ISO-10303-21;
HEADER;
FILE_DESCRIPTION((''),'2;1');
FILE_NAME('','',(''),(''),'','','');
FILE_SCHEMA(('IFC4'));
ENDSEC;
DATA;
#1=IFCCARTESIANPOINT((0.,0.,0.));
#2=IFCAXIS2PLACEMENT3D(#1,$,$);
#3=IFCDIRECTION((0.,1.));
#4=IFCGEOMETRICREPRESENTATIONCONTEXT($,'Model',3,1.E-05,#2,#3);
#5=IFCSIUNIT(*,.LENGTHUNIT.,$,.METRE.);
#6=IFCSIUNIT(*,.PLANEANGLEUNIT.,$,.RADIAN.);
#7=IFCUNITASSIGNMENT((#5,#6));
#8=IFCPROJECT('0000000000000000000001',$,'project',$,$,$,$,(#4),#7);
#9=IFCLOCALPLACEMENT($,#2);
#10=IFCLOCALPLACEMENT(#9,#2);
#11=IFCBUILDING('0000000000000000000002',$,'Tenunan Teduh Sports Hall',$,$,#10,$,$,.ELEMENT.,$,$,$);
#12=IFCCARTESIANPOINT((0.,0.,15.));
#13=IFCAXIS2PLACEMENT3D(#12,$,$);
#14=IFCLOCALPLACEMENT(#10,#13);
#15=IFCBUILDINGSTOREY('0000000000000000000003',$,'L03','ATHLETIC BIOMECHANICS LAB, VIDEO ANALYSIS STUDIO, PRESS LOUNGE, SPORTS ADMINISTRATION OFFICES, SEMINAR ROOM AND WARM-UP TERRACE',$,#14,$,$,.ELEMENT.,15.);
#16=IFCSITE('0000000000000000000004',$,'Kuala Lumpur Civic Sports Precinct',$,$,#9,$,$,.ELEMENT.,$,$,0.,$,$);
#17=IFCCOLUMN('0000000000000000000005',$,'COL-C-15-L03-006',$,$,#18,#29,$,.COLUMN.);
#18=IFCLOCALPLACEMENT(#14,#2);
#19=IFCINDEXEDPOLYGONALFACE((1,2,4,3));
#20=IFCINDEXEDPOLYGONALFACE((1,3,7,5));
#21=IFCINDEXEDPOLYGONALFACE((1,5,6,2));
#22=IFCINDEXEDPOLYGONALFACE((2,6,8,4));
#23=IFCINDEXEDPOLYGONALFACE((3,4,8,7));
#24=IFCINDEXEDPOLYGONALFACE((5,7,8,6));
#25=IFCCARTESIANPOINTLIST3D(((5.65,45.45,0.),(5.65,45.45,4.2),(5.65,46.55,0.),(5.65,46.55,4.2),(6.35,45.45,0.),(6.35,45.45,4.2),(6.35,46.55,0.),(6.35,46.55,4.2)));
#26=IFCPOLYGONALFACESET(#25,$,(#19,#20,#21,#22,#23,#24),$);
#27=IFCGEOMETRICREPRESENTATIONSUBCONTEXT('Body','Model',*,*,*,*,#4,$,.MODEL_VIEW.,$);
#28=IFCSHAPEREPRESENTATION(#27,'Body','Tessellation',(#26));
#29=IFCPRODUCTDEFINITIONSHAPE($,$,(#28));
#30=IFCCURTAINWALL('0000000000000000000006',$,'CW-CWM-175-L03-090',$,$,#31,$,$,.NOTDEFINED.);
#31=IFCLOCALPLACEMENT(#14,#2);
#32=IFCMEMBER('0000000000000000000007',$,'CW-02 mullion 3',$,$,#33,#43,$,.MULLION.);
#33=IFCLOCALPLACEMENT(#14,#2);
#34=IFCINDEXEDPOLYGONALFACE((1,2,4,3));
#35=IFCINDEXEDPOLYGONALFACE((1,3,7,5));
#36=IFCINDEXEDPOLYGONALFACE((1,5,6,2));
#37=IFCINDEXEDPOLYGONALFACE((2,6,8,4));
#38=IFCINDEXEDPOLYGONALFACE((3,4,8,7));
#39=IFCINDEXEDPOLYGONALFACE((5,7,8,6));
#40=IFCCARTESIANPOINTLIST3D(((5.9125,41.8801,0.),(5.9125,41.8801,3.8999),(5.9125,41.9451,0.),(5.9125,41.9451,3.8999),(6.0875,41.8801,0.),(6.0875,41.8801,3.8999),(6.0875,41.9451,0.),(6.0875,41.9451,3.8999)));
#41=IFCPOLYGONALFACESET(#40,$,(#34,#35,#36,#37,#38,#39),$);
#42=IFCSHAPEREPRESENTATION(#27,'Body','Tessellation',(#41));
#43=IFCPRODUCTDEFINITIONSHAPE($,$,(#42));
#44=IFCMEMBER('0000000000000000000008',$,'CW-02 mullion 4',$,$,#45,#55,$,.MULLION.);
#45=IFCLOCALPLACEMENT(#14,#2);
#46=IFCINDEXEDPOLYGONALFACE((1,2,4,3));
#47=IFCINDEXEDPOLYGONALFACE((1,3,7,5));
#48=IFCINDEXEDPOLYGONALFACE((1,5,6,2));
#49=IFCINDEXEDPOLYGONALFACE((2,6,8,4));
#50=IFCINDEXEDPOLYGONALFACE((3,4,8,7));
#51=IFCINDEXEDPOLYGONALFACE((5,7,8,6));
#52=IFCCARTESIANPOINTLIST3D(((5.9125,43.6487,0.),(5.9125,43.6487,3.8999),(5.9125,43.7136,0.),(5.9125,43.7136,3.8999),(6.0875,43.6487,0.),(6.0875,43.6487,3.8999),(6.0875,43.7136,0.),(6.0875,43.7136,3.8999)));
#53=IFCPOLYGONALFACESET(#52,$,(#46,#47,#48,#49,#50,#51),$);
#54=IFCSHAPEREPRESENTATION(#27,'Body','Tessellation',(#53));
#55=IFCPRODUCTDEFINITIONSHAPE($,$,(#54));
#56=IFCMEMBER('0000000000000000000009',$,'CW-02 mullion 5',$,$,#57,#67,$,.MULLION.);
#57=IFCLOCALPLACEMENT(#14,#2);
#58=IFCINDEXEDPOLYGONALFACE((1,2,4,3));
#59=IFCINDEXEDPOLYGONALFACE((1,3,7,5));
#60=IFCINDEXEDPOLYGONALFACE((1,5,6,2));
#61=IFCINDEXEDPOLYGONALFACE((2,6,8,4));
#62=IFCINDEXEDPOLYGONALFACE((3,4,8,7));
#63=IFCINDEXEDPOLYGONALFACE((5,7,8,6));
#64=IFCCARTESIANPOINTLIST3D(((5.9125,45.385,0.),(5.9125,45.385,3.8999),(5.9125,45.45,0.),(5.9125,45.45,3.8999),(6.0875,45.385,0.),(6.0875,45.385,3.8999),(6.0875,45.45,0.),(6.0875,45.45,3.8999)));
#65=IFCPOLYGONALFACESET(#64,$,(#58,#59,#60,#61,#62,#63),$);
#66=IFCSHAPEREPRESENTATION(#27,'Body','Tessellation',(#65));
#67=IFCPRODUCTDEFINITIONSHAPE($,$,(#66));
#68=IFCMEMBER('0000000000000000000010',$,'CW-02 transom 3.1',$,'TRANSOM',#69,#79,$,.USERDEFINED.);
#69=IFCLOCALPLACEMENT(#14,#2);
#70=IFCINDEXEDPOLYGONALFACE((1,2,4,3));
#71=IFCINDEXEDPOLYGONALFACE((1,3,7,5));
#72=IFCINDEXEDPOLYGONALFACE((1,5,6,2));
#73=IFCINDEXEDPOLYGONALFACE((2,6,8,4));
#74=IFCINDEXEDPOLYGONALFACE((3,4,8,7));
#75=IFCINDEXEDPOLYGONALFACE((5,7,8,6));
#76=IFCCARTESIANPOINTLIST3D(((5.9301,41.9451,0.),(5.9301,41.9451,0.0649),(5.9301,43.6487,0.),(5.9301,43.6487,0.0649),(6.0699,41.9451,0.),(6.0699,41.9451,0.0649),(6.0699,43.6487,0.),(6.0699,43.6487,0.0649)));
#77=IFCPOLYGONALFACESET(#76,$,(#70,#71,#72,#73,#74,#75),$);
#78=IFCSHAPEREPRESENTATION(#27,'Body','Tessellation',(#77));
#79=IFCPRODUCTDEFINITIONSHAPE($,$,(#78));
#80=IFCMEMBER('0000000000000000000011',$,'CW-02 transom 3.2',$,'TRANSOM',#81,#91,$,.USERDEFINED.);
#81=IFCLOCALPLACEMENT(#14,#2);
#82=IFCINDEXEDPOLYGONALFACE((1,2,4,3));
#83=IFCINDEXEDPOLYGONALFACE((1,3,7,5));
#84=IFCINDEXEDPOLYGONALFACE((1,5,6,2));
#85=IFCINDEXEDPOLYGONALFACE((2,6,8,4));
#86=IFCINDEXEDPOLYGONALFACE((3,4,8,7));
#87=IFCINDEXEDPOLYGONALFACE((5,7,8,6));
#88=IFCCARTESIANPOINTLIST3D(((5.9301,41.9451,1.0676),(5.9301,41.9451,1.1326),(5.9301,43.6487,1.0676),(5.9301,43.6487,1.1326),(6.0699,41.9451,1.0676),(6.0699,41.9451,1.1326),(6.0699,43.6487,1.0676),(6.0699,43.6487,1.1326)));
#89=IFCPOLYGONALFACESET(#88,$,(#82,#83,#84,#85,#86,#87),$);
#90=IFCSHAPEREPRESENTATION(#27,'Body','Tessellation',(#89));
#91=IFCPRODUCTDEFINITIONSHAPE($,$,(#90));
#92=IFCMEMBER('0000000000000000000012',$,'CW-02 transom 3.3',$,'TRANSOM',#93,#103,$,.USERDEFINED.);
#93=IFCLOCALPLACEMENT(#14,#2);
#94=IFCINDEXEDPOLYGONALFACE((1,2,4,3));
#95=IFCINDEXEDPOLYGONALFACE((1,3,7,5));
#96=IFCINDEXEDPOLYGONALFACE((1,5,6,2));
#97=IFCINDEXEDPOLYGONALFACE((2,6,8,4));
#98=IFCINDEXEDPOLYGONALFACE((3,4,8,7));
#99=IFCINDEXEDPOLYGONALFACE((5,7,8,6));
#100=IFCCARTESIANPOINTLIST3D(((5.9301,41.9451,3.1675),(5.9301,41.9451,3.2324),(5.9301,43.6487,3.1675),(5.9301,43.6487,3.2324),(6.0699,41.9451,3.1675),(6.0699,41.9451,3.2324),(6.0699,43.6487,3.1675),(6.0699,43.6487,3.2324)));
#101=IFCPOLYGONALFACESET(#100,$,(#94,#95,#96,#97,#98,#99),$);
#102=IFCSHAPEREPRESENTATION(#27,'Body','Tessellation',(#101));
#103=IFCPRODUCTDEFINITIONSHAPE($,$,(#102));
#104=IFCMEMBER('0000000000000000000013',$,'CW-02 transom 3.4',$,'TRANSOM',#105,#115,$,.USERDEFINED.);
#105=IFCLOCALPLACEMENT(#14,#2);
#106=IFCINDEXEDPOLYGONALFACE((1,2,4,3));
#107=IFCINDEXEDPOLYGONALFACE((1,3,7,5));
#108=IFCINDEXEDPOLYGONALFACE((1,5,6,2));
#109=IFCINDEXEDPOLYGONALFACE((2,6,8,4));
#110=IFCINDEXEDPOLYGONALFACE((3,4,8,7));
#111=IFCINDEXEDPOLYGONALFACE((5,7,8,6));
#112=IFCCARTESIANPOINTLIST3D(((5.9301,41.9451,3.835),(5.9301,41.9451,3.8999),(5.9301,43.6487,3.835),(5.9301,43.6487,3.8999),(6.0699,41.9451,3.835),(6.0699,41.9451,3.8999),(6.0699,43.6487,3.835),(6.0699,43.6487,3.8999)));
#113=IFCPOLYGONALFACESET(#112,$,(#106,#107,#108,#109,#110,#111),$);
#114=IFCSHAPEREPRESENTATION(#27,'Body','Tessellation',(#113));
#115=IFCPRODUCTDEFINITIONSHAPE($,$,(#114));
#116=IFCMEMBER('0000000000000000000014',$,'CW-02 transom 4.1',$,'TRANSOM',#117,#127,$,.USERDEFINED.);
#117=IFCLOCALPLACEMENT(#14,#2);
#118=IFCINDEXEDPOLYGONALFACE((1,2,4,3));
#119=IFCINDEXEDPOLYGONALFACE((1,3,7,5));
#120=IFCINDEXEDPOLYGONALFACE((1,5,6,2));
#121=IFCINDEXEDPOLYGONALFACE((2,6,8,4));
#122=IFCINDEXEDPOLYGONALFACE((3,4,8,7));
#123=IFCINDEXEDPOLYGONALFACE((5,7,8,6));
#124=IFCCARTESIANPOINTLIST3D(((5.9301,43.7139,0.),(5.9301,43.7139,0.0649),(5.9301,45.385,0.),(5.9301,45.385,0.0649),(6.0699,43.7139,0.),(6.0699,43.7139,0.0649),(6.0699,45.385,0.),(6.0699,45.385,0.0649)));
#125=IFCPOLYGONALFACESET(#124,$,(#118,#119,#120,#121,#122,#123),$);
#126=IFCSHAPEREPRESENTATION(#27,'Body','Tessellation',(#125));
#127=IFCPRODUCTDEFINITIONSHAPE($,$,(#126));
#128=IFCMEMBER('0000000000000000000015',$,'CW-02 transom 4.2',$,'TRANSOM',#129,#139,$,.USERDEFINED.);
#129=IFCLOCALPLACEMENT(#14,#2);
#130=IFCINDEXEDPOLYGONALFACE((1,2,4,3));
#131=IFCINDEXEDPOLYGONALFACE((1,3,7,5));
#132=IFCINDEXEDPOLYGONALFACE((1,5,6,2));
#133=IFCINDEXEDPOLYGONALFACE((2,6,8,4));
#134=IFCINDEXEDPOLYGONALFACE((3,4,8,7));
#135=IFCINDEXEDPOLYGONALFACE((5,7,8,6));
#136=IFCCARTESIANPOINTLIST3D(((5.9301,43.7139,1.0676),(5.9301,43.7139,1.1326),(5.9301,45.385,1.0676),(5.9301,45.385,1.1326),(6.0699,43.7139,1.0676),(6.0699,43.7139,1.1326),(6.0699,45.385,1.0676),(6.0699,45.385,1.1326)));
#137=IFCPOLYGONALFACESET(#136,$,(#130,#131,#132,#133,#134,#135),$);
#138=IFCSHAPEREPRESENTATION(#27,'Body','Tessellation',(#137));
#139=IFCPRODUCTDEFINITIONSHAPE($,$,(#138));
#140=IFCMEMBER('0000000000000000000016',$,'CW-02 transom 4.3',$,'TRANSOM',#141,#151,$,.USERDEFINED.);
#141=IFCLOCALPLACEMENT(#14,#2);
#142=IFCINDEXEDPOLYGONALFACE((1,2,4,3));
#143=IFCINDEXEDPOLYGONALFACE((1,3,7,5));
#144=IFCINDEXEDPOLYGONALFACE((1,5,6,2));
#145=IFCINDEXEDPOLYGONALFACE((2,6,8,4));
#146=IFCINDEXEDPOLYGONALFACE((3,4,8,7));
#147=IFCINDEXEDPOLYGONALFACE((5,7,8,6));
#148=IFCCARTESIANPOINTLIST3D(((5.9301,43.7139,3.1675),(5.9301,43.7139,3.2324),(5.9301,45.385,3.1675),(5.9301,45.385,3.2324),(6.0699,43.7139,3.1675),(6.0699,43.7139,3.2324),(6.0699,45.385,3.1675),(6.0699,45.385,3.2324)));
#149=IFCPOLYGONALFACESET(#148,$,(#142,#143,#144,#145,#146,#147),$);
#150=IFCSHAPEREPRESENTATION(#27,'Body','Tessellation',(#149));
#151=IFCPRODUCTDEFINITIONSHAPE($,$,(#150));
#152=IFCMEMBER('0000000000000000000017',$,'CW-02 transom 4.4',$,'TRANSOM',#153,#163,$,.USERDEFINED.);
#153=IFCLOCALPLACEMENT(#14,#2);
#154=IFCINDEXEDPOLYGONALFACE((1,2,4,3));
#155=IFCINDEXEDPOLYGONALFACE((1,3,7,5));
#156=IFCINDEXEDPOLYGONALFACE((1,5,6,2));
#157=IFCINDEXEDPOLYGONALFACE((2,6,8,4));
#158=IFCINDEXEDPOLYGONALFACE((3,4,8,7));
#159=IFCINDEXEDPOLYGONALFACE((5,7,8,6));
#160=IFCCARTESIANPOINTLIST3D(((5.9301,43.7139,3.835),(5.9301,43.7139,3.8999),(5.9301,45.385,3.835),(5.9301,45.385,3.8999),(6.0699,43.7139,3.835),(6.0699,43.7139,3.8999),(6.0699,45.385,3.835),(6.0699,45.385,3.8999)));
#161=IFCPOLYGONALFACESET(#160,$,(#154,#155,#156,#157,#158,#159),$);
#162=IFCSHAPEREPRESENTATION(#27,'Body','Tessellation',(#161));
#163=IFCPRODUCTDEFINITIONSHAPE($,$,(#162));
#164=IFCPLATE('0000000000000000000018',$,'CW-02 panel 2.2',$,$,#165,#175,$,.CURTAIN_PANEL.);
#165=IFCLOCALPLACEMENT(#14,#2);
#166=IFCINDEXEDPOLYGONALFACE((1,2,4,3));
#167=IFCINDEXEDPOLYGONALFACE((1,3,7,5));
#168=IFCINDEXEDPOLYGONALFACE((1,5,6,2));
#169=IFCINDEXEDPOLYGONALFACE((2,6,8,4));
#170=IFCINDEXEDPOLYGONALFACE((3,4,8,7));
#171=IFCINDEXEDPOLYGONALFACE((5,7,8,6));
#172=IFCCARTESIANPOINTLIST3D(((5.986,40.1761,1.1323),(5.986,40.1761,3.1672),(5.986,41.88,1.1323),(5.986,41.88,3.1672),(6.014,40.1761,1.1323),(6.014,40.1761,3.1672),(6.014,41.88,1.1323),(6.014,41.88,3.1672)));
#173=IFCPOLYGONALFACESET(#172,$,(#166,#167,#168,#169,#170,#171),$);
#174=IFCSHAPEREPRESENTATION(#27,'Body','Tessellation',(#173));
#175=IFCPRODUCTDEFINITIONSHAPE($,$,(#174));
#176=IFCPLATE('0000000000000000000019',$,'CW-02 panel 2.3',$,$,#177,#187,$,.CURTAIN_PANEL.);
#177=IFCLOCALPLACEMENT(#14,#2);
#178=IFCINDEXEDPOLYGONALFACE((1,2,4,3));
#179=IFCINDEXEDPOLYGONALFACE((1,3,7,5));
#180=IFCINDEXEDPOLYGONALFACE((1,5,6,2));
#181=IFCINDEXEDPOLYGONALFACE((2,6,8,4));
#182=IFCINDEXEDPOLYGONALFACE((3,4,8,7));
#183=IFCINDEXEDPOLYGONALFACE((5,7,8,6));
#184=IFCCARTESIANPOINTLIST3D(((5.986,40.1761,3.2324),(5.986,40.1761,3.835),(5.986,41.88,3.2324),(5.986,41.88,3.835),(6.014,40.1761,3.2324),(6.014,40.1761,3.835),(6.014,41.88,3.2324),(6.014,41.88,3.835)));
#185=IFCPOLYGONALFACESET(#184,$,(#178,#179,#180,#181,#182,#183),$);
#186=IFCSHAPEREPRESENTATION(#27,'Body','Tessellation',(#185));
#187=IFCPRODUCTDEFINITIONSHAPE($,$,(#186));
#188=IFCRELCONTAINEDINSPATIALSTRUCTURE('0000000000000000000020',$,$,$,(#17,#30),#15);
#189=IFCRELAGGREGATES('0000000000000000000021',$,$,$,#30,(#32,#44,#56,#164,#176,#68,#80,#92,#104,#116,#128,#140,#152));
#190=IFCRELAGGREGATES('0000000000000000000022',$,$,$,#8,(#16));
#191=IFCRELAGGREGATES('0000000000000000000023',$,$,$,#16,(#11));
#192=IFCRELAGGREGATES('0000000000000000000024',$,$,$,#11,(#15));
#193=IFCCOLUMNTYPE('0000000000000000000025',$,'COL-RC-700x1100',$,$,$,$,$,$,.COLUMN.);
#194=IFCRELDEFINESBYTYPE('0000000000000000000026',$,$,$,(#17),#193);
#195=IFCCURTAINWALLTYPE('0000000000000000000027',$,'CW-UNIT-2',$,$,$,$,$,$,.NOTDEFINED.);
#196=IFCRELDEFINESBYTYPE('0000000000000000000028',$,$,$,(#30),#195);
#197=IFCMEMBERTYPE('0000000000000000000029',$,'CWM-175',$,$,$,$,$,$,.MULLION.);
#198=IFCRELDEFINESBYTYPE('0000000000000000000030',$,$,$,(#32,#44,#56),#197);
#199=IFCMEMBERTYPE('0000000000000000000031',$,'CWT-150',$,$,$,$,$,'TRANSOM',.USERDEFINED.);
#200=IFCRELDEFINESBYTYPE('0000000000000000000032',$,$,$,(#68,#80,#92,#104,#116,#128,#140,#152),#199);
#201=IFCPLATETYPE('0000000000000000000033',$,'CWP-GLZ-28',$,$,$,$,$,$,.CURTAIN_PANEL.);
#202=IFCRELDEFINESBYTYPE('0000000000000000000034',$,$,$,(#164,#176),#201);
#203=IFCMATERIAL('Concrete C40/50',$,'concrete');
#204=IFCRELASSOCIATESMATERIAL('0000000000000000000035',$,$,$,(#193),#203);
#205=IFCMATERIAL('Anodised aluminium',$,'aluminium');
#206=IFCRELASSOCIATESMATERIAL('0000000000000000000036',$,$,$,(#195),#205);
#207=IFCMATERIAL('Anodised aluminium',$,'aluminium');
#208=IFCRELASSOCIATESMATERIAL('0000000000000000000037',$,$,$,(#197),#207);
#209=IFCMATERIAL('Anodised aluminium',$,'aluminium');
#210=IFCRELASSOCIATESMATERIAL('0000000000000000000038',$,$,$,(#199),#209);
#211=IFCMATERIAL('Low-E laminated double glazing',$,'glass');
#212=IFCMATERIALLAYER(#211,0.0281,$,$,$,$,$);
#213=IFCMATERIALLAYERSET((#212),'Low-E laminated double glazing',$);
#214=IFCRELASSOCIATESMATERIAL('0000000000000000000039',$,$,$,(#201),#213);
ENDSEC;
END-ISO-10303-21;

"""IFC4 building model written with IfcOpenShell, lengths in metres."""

from ifc_helpers import new_model, si_unit, direction, frame, origin, origin_2d, place, context, subcontext, project, spatial, rectangle, extrude, material, layer, layer_set, material_profile, profile_set, type_object, element, aggregate, save


model = new_model("IFC4")

# Units and contexts
model_context = context("Model", 3, precision=1e-05, world=origin(), true_north=direction((0.0, 1.0)))
body_context = subcontext(model_context, "Body", "Model", "MODEL_VIEW")
ifc_project = project(units=[si_unit("LENGTHUNIT", "METRE"), si_unit("PLANEANGLEUNIT", "RADIAN")], contexts=[model_context])

# Site, building, storey
site_placement = place(None, origin())
site = spatial("IfcSite", under=ifc_project, at=site_placement, Name="Kuala Lumpur Civic Sports Precinct", CompositionType="ELEMENT", RefElevation=0.0)
building_placement = place(site_placement, origin())
building = spatial("IfcBuilding", under=site, at=building_placement, Name="Tenunan Teduh Sports Hall", CompositionType="ELEMENT")
storey_placement = place(building_placement, frame((0.0, 0.0, 15.0)))
storey = spatial("IfcBuildingStorey", under=building, at=storey_placement, Name="L03", Description="ATHLETIC BIOMECHANICS LAB, VIDEO ANALYSIS STUDIO, PRESS LOUNGE, SPORTS ADMINISTRATION OFFICES, SEMINAR ROOM AND WARM-UP TERRACE", CompositionType="ELEMENT", Elevation=15.0)

# Column
ifc_material_1 = material(Name="Concrete C40/50", Category="concrete")
ifc_material_profile_1 = material_profile(ifc_material_1, rectangle(XDim=0.7, YDim=1.1001, at=origin_2d()), Name="RC 700x1100")
ifc_profile_set_1 = profile_set([ifc_material_profile_1], Name="Concrete C40/50")
column_type = type_object("IfcColumnType", Name="COL-RC-700x1100", PredefinedType="COLUMN", material=ifc_profile_set_1)
column_placement = place(storey_placement, frame((6.0, 46.0, 0.0), z_axis=(0.0, 0.0, 1.0), x_axis=(1.0, 0.0, 0.0)))
element("IfcColumn", 1, at=column_placement, inside=storey, type_object=column_type, Name="COL-C-15-L03-006", PredefinedType="COLUMN", context=body_context, shape_type="SweptSolid", body=[
    extrude(rectangle(XDim=0.7, YDim=1.1001, at=origin_2d()), origin(), (0.0, 0.0, 1.0), 4.2),
])

# Curtain wall, members, plates
ifc_material_2 = material(Name="Anodised aluminium", Category="aluminium")
curtain_wall_type = type_object("IfcCurtainWallType", Name="CW-UNIT-2", PredefinedType="NOTDEFINED", material=ifc_material_2)
curtain_wall_placement = place(storey_placement, origin())
curtain_wall = element("IfcCurtainWall", 2, at=curtain_wall_placement, inside=storey, type_object=curtain_wall_type, Name="CW-CWM-175-L03-090", PredefinedType="NOTDEFINED")
ifc_material_3 = material(Name="Anodised aluminium", Category="aluminium")
ifc_material_profile_2 = material_profile(ifc_material_3, rectangle(XDim=0.0649, YDim=0.175, at=origin_2d()), Name="CWM 65x175")
ifc_profile_set_2 = profile_set([ifc_material_profile_2], Name="Anodised aluminium")
member_type_1 = type_object("IfcMemberType", Name="CWM-175", PredefinedType="MULLION", material=ifc_profile_set_2)
member_1_placement = place(storey_placement, frame((6.0, 41.9126, 0.0), z_axis=(0.0, 0.0, 1.0), x_axis=(0.0, 1.0, 0.0)))
member_1 = element("IfcMember", 3, at=member_1_placement, type_object=member_type_1, Name="CW-02 mullion 3", PredefinedType="MULLION", context=body_context, shape_type="SweptSolid", body=[
    extrude(rectangle(XDim=0.0649, YDim=0.175, at=origin_2d()), origin(), (0.0, 0.0, 1.0), 3.8999),
])
member_2_placement = place(storey_placement, frame((6.0, 43.6812, 0.0), z_axis=(0.0, 0.0, 1.0), x_axis=(0.0, 1.0, 0.0)))
member_2 = element("IfcMember", 4, at=member_2_placement, type_object=member_type_1, Name="CW-02 mullion 4", PredefinedType="MULLION", context=body_context, shape_type="SweptSolid", body=[
    extrude(rectangle(XDim=0.0649, YDim=0.175, at=origin_2d()), origin(), (0.0, 0.0, 1.0), 3.8999),
])
member_3_placement = place(storey_placement, frame((6.0, 45.4175, 0.0), z_axis=(0.0, 0.0, 1.0), x_axis=(0.0, 1.0, 0.0)))
member_3 = element("IfcMember", 5, at=member_3_placement, type_object=member_type_1, Name="CW-02 mullion 5", PredefinedType="MULLION", context=body_context, shape_type="SweptSolid", body=[
    extrude(rectangle(XDim=0.0649, YDim=0.175, at=origin_2d()), origin(), (0.0, 0.0, 1.0), 3.8999),
])
ifc_material_4 = material(Name="Anodised aluminium", Category="aluminium")
ifc_material_profile_3 = material_profile(ifc_material_4, rectangle(XDim=0.0649, YDim=0.1399, at=origin_2d()), Name="CWT 65x140")
ifc_profile_set_3 = profile_set([ifc_material_profile_3], Name="Anodised aluminium")
member_type_2 = type_object("IfcMemberType", Name="CWT-150", ElementType="TRANSOM", PredefinedType="USERDEFINED", material=ifc_profile_set_3)
member_4_placement = place(storey_placement, frame((6.0, 41.9451, 0.0325), z_axis=(0.0, 1.0, 0.0), x_axis=(0.0, 0.0, 1.0)))
member_4 = element("IfcMember", 6, at=member_4_placement, type_object=member_type_2, Name="CW-02 transom 3.1", ObjectType="TRANSOM", PredefinedType="USERDEFINED", context=body_context, shape_type="SweptSolid", body=[
    extrude(rectangle(XDim=0.0649, YDim=0.1399, at=origin_2d()), origin(), (0.0, 0.0, 1.0), 1.7036),
])
member_5_placement = place(storey_placement, frame((6.0, 41.9451, 1.1001), z_axis=(0.0, 1.0, 0.0), x_axis=(0.0, 0.0, 1.0)))
member_5 = element("IfcMember", 7, at=member_5_placement, type_object=member_type_2, Name="CW-02 transom 3.2", ObjectType="TRANSOM", PredefinedType="USERDEFINED", context=body_context, shape_type="SweptSolid", body=[
    extrude(rectangle(XDim=0.0649, YDim=0.1399, at=origin_2d()), origin(), (0.0, 0.0, 1.0), 1.7036),
])
member_6_placement = place(storey_placement, frame((6.0, 41.9451, 3.2), z_axis=(0.0, 1.0, 0.0), x_axis=(0.0, 0.0, 1.0)))
member_6 = element("IfcMember", 8, at=member_6_placement, type_object=member_type_2, Name="CW-02 transom 3.3", ObjectType="TRANSOM", PredefinedType="USERDEFINED", context=body_context, shape_type="SweptSolid", body=[
    extrude(rectangle(XDim=0.0649, YDim=0.1399, at=origin_2d()), origin(), (0.0, 0.0, 1.0), 1.7036),
])
member_7_placement = place(storey_placement, frame((6.0, 41.9451, 3.8674), z_axis=(0.0, 1.0, 0.0), x_axis=(0.0, 0.0, 1.0)))
member_7 = element("IfcMember", 9, at=member_7_placement, type_object=member_type_2, Name="CW-02 transom 3.4", ObjectType="TRANSOM", PredefinedType="USERDEFINED", context=body_context, shape_type="SweptSolid", body=[
    extrude(rectangle(XDim=0.0649, YDim=0.1399, at=origin_2d()), origin(), (0.0, 0.0, 1.0), 1.7036),
])
member_8_placement = place(storey_placement, frame((6.0, 43.7139, 0.0325), z_axis=(0.0, 1.0, 0.0), x_axis=(0.0, 0.0, 1.0)))
member_8 = element("IfcMember", 10, at=member_8_placement, type_object=member_type_2, Name="CW-02 transom 4.1", ObjectType="TRANSOM", PredefinedType="USERDEFINED", context=body_context, shape_type="SweptSolid", body=[
    extrude(rectangle(XDim=0.0649, YDim=0.1399, at=origin_2d()), origin(), (0.0, 0.0, 1.0), 1.6711),
])
member_9_placement = place(storey_placement, frame((6.0, 43.7139, 1.1001), z_axis=(0.0, 1.0, 0.0), x_axis=(0.0, 0.0, 1.0)))
member_9 = element("IfcMember", 11, at=member_9_placement, type_object=member_type_2, Name="CW-02 transom 4.2", ObjectType="TRANSOM", PredefinedType="USERDEFINED", context=body_context, shape_type="SweptSolid", body=[
    extrude(rectangle(XDim=0.0649, YDim=0.1399, at=origin_2d()), origin(), (0.0, 0.0, 1.0), 1.6711),
])
member_10_placement = place(storey_placement, frame((6.0, 43.7139, 3.2), z_axis=(0.0, 1.0, 0.0), x_axis=(0.0, 0.0, 1.0)))
member_10 = element("IfcMember", 12, at=member_10_placement, type_object=member_type_2, Name="CW-02 transom 4.3", ObjectType="TRANSOM", PredefinedType="USERDEFINED", context=body_context, shape_type="SweptSolid", body=[
    extrude(rectangle(XDim=0.0649, YDim=0.1399, at=origin_2d()), origin(), (0.0, 0.0, 1.0), 1.6711),
])
member_11_placement = place(storey_placement, frame((6.0, 43.7139, 3.8674), z_axis=(0.0, 1.0, 0.0), x_axis=(0.0, 0.0, 1.0)))
member_11 = element("IfcMember", 13, at=member_11_placement, type_object=member_type_2, Name="CW-02 transom 4.4", ObjectType="TRANSOM", PredefinedType="USERDEFINED", context=body_context, shape_type="SweptSolid", body=[
    extrude(rectangle(XDim=0.0649, YDim=0.1399, at=origin_2d()), origin(), (0.0, 0.0, 1.0), 1.6711),
])
ifc_material_5 = material(Name="Low-E laminated double glazing", Category="glass")
ifc_layer_1 = layer(ifc_material_5, 0.0281)
ifc_layer_set_1 = layer_set([ifc_layer_1], Name="Low-E laminated double glazing")
plate_type_1 = type_object("IfcPlateType", Name="CWP-GLZ-28", PredefinedType="CURTAIN_PANEL", material=ifc_layer_set_1)
plate_1_placement = place(storey_placement, frame((6.0, 41.0281, 1.1323), z_axis=(0.0, 0.0, 1.0), x_axis=(0.0, 1.0, 0.0)))
plate_1 = element("IfcPlate", 14, at=plate_1_placement, type_object=plate_type_1, Name="CW-02 panel 2.2", PredefinedType="CURTAIN_PANEL", context=body_context, shape_type="SweptSolid", body=[
    extrude(rectangle(XDim=1.7039, YDim=0.0281, at=origin_2d()), origin(), (0.0, 0.0, 1.0), 2.0349),
])
plate_2_placement = place(storey_placement, frame((6.0, 41.0281, 3.2324), z_axis=(0.0, 0.0, 1.0), x_axis=(0.0, 1.0, 0.0)))
plate_2 = element("IfcPlate", 15, at=plate_2_placement, type_object=plate_type_1, Name="CW-02 panel 2.3", PredefinedType="CURTAIN_PANEL", context=body_context, shape_type="SweptSolid", body=[
    extrude(rectangle(XDim=1.7039, YDim=0.0281, at=origin_2d()), origin(), (0.0, 0.0, 1.0), 0.6025),
])
aggregate(curtain_wall, [member_1, member_2, member_3, plate_1, plate_2, member_4, member_5, member_6, member_7, member_8, member_9, member_10, member_11])

save(model, "model.ifc")
